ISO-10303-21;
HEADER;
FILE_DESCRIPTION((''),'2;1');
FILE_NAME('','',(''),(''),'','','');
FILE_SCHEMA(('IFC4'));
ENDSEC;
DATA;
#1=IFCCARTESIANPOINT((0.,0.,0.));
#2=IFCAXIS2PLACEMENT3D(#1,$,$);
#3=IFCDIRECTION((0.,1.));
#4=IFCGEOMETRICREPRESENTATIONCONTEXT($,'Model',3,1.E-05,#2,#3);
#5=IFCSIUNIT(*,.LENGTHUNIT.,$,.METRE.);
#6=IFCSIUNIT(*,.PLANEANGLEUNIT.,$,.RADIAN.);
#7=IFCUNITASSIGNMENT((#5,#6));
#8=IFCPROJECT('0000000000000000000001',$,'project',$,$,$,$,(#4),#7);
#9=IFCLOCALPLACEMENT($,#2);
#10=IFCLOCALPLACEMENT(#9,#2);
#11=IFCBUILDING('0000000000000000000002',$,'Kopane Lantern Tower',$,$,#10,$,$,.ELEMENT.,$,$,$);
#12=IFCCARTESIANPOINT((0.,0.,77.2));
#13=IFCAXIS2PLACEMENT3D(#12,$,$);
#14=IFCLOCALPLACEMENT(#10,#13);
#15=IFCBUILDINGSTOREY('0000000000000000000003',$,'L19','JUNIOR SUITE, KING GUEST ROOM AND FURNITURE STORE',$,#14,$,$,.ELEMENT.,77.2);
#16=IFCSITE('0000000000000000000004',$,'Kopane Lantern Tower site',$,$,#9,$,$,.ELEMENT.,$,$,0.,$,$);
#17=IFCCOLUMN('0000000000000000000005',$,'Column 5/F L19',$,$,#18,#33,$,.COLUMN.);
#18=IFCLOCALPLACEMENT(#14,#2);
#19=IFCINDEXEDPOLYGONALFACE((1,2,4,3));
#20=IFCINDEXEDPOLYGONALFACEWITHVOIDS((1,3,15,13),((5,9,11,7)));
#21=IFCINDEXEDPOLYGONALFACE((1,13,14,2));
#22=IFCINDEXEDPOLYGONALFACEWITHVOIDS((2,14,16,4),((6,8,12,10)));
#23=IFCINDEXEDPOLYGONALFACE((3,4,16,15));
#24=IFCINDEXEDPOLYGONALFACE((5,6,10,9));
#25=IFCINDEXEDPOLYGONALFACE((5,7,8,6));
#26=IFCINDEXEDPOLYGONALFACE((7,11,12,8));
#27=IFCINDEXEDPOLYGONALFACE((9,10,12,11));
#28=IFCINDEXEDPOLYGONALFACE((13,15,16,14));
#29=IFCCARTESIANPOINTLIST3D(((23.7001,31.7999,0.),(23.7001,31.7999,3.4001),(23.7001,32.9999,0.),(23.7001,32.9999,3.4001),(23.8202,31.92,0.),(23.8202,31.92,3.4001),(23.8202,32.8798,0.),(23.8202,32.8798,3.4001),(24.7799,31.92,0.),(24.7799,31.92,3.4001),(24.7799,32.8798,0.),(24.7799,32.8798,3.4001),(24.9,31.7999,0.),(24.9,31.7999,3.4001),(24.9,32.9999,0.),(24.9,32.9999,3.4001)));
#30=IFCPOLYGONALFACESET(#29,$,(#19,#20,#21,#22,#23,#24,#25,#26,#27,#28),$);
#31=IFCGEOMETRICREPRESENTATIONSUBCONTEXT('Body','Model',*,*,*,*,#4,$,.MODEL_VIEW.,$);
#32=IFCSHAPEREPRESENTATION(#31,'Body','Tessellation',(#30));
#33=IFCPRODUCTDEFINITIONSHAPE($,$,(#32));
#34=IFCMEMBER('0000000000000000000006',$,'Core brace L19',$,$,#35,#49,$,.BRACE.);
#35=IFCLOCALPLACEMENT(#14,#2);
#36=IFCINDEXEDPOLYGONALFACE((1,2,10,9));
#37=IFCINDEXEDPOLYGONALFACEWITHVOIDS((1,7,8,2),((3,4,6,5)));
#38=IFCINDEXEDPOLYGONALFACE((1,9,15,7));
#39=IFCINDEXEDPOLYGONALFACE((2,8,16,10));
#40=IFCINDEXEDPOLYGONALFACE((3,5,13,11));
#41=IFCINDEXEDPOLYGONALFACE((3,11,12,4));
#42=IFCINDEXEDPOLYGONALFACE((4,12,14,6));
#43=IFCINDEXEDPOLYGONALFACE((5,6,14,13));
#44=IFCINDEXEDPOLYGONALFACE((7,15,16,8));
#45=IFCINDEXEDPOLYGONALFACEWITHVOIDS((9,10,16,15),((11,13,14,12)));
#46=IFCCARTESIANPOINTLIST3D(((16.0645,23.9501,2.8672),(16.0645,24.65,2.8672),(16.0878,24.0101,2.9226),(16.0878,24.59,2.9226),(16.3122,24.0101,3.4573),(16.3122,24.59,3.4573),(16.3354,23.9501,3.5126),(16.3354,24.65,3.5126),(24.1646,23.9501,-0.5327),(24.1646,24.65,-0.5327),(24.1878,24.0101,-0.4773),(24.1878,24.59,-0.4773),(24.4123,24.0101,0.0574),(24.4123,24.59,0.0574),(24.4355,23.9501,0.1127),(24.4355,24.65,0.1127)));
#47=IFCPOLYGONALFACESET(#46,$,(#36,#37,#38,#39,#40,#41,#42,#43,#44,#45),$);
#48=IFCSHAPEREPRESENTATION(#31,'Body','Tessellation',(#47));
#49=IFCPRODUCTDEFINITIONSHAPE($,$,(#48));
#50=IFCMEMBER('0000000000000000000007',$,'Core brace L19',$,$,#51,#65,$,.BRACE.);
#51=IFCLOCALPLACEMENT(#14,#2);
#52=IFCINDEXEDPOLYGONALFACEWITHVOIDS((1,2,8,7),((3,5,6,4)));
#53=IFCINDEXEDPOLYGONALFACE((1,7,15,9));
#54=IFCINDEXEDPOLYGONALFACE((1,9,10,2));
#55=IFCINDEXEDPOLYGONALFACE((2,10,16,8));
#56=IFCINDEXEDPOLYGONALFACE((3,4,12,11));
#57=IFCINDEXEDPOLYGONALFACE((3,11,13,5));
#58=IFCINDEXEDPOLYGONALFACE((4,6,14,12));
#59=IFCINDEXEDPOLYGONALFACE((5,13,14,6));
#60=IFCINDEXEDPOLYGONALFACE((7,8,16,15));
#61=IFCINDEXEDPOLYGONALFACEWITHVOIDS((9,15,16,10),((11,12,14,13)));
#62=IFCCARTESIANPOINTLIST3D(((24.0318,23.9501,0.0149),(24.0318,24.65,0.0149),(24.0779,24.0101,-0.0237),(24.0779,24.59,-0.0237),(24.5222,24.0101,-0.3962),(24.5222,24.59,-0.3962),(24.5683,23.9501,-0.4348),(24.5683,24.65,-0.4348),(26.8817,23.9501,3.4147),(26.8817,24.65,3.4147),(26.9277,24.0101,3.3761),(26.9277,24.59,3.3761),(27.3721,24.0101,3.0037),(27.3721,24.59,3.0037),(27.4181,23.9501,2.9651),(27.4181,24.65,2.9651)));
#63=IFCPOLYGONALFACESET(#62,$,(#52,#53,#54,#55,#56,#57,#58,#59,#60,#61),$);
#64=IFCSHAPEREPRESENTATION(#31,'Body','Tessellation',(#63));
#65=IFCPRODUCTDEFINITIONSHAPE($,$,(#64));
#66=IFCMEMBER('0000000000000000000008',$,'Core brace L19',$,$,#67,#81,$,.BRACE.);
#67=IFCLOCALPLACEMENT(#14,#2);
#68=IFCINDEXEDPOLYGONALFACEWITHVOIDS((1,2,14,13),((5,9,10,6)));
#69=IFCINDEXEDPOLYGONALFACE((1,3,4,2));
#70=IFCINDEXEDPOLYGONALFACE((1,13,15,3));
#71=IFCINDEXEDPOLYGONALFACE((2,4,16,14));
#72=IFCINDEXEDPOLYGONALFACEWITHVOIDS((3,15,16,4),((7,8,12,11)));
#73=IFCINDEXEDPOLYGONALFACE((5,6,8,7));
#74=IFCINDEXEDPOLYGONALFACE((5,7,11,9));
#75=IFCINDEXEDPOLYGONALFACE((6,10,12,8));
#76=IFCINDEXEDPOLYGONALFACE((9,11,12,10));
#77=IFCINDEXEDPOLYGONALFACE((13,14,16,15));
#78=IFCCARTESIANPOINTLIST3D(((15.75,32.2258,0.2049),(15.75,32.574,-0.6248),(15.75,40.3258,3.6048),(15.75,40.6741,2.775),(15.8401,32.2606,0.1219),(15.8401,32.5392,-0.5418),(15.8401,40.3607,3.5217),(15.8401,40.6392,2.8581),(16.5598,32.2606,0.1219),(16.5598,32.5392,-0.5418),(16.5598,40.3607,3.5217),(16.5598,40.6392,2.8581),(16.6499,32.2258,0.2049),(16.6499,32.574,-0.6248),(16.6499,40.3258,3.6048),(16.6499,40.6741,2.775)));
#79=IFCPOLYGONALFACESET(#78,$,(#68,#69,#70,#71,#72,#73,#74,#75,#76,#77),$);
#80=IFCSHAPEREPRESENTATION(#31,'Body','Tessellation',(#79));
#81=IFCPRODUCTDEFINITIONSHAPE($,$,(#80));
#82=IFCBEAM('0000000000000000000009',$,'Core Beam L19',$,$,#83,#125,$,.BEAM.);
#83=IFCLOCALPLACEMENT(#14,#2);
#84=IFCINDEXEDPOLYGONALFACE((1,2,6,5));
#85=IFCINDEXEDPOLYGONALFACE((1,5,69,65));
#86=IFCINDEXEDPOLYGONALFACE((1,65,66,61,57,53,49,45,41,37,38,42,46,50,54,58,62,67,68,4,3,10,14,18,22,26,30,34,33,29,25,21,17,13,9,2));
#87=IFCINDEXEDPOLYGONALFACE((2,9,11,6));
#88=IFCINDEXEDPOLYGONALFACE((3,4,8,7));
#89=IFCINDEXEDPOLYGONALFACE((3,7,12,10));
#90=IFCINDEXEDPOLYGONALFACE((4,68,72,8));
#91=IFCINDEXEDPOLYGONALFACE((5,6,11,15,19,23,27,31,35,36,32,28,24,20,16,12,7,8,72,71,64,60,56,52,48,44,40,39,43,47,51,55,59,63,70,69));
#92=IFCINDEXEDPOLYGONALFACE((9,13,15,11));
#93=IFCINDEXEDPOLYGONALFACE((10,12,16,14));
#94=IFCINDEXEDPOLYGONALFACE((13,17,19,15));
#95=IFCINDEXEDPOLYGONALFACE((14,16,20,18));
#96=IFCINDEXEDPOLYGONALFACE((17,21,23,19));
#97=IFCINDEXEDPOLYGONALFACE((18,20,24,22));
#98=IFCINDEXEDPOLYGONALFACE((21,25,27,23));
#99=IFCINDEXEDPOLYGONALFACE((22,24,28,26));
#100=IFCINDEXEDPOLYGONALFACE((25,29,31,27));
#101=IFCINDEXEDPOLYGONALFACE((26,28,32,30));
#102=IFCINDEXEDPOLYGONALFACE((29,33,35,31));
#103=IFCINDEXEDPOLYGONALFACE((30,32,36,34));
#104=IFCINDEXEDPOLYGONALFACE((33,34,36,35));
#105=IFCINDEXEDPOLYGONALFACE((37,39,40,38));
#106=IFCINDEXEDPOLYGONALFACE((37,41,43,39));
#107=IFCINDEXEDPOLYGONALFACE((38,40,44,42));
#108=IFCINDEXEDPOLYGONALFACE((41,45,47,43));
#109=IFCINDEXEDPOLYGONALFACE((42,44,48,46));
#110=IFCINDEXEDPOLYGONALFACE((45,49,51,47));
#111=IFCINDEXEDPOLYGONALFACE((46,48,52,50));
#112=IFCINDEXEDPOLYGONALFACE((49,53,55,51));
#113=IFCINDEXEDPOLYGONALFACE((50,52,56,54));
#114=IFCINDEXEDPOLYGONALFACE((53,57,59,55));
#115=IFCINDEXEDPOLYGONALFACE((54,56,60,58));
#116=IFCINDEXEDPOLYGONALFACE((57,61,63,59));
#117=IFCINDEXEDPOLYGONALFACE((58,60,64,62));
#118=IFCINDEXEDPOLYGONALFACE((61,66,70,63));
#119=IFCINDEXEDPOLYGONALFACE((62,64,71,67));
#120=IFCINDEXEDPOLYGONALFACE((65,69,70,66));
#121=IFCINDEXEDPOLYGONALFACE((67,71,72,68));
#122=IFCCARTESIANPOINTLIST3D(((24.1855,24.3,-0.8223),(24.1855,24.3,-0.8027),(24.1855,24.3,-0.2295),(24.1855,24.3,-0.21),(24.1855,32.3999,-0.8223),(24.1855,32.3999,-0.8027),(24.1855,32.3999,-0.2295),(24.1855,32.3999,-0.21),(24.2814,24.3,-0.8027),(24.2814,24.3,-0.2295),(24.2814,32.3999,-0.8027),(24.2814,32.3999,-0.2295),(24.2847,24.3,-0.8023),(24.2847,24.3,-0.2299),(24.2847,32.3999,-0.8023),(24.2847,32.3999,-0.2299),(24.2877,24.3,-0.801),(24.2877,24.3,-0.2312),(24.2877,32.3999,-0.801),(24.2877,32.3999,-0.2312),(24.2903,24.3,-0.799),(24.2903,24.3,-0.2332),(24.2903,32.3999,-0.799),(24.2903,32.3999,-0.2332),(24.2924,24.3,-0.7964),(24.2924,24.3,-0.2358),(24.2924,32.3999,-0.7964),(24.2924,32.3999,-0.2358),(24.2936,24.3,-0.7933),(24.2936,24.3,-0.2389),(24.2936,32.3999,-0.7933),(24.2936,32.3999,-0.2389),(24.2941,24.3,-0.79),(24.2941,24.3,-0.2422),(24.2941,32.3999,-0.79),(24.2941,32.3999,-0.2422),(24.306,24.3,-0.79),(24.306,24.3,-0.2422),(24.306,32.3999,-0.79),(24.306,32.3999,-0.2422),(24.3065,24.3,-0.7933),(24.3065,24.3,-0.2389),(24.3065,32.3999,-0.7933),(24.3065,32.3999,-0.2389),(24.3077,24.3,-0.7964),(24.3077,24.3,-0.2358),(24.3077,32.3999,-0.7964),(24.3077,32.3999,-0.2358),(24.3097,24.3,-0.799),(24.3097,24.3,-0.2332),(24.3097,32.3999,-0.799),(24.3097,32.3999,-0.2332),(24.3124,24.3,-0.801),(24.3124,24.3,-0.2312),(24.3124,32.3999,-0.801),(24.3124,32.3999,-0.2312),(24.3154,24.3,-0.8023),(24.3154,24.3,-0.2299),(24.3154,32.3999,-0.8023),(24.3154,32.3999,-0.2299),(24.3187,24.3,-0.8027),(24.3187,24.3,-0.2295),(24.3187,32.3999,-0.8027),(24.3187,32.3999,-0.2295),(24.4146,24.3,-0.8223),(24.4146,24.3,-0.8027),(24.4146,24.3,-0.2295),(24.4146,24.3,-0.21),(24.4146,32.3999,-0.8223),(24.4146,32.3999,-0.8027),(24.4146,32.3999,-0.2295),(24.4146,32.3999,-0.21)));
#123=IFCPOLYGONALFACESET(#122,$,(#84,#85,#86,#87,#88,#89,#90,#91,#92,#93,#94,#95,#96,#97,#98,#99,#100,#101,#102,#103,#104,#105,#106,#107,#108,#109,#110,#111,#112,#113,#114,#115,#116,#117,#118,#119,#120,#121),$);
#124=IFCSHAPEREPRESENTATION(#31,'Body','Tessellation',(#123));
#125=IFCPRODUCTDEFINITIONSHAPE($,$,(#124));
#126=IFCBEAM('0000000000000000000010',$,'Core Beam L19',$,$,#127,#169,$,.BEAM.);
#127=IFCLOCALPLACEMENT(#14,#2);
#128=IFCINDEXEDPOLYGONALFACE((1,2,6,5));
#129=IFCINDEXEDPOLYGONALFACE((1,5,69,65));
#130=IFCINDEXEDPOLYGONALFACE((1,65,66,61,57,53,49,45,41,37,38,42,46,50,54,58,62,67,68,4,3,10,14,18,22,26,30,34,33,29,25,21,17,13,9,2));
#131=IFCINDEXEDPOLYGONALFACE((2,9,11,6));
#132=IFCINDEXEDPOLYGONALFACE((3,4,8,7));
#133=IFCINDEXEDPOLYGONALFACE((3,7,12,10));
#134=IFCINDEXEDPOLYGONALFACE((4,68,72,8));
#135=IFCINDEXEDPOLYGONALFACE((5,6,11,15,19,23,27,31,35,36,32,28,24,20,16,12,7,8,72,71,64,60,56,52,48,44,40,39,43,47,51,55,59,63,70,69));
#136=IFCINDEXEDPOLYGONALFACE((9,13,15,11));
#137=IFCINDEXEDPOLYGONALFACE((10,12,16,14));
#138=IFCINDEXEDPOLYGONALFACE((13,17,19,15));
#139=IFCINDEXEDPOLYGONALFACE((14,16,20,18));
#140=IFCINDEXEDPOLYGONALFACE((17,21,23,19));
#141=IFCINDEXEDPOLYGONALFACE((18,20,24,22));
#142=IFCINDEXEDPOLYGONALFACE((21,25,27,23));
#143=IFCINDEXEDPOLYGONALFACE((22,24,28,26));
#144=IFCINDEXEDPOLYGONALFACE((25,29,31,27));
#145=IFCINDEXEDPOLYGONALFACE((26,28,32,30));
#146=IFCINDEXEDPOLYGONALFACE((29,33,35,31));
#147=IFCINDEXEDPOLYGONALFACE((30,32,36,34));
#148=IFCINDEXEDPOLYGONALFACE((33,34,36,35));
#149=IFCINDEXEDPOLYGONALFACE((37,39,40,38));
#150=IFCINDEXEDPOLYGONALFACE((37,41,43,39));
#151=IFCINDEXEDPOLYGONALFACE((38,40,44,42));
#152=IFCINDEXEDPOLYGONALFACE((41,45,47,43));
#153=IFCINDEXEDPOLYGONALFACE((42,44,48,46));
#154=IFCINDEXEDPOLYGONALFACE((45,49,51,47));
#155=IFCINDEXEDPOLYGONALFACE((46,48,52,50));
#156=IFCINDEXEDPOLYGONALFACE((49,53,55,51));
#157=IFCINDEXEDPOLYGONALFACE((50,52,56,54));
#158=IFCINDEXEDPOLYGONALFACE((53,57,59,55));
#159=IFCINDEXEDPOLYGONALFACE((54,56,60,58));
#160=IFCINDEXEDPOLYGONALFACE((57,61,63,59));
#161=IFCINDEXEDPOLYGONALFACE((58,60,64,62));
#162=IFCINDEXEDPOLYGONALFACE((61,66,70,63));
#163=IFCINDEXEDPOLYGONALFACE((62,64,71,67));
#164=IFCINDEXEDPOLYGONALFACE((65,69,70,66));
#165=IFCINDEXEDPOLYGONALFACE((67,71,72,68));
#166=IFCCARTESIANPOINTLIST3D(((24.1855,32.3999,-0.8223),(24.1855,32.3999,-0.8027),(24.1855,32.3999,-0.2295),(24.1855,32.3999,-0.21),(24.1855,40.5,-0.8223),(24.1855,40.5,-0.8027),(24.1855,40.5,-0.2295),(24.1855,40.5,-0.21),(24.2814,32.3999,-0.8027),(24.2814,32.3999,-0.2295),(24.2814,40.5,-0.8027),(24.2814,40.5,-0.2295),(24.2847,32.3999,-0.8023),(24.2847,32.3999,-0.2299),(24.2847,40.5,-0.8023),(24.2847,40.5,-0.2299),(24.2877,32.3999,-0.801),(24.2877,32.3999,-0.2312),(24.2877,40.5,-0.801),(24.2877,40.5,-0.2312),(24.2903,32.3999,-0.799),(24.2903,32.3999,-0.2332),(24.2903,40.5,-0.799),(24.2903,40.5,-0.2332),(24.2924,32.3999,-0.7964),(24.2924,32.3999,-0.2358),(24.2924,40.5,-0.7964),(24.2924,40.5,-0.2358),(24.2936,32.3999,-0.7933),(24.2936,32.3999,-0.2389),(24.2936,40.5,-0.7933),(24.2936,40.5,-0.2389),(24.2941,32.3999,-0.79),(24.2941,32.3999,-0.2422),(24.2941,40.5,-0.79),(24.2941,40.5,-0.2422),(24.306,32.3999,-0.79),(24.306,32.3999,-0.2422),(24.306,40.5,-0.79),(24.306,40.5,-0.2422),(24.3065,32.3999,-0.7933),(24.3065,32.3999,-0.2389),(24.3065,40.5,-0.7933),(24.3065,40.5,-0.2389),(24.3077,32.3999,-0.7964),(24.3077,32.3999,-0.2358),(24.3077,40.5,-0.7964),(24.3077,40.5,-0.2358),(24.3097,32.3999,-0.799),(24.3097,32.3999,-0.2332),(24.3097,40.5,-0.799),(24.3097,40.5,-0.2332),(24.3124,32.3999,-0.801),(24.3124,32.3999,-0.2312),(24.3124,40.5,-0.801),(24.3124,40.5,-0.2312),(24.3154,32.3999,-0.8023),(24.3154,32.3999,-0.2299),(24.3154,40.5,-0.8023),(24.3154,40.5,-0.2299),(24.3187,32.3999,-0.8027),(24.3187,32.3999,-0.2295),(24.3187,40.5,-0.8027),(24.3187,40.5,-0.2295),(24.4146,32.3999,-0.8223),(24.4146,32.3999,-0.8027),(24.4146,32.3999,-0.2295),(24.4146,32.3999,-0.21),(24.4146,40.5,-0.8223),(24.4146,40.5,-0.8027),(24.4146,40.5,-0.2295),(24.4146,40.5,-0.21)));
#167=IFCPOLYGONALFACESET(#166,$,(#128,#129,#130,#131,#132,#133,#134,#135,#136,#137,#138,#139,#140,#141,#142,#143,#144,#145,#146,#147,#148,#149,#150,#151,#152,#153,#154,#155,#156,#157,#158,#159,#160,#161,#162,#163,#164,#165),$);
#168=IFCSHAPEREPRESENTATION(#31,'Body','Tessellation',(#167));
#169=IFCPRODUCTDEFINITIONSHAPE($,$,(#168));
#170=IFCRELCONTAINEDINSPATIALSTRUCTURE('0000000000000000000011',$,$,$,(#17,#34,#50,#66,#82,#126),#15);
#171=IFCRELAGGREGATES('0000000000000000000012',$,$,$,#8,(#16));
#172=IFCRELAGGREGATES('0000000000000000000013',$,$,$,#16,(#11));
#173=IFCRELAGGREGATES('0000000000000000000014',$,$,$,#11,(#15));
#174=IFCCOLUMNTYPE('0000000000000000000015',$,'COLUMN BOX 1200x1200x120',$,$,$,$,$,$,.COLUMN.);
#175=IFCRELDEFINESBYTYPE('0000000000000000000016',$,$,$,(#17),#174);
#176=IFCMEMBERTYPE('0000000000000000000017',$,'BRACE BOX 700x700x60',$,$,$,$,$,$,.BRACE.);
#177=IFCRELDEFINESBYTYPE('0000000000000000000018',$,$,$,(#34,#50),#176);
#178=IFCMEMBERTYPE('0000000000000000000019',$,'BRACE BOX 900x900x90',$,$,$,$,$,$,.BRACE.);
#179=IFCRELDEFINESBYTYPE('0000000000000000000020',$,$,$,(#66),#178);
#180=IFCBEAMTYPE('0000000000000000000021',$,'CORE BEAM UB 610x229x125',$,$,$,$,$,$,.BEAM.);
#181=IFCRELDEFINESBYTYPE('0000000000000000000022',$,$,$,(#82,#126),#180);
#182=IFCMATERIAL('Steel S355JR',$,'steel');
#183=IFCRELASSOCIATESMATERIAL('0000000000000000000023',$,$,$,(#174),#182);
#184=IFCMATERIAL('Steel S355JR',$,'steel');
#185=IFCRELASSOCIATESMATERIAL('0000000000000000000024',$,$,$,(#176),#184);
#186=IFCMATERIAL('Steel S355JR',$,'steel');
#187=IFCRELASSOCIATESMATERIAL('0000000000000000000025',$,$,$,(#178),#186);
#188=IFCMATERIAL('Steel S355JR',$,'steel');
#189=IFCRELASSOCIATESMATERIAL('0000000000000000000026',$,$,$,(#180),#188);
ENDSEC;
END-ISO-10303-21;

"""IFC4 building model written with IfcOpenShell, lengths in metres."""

from ifc_helpers import new_model, si_unit, direction, frame, origin, origin_2d, place, context, subcontext, project, spatial, hollow_rectangle, i_section, extrude, material, material_profile, profile_set, type_object, element, save


model = new_model("IFC4")

# Units and contexts
model_context = context("Model", 3, precision=1e-05, world=origin(), true_north=direction((0.0, 1.0)))
body_context = subcontext(model_context, "Body", "Model", "MODEL_VIEW")
ifc_project = project(units=[si_unit("LENGTHUNIT", "METRE"), si_unit("PLANEANGLEUNIT", "RADIAN")], contexts=[model_context])

# Site, building, storey
site_placement = place(None, origin())
site = spatial("IfcSite", under=ifc_project, at=site_placement, Name="Kopane Lantern Tower site", CompositionType="ELEMENT", RefElevation=0.0)
building_placement = place(site_placement, origin())
building = spatial("IfcBuilding", under=site, at=building_placement, Name="Kopane Lantern Tower", CompositionType="ELEMENT")
storey_placement = place(building_placement, frame((0.0, 0.0, 77.2)))
storey = spatial("IfcBuildingStorey", under=building, at=storey_placement, Name="L19", Description="JUNIOR SUITE, KING GUEST ROOM AND FURNITURE STORE", CompositionType="ELEMENT", Elevation=77.2)

# Column
ifc_material_1 = material(Name="Steel S355JR", Category="steel")
ifc_material_profile_1 = material_profile(ifc_material_1, hollow_rectangle(XDim=1.2, YDim=1.2, WallThickness=0.1201, at=origin_2d()), Name="BOX 1200x1200x120")
ifc_profile_set_1 = profile_set([ifc_material_profile_1], Name="Steel S355JR")
column_type = type_object("IfcColumnType", Name="COLUMN BOX 1200x1200x120", PredefinedType="COLUMN", material=ifc_profile_set_1)
column_placement = place(storey_placement, frame((24.3, 32.3999, 0.0), z_axis=(0.0, 0.0, 1.0), x_axis=(1.0, 0.0, 0.0)))
element("IfcColumn", 1, at=column_placement, inside=storey, type_object=column_type, Name="Column 5/F L19", PredefinedType="COLUMN", context=body_context, shape_type="SweptSolid", body=[
    extrude(hollow_rectangle(XDim=1.2, YDim=1.2, WallThickness=0.1201, at=origin_2d()), origin(), (0.0, 0.0, 1.0), 3.4001),
])

# Members
ifc_material_2 = material(Name="Steel S355JR", Category="steel")
ifc_material_profile_2 = material_profile(ifc_material_2, hollow_rectangle(XDim=0.7, YDim=0.7, WallThickness=0.0601, at=origin_2d()), Name="BOX 700x700x60")
ifc_profile_set_2 = profile_set([ifc_material_profile_2], Name="Steel S355JR")
member_type_1 = type_object("IfcMemberType", Name="BRACE BOX 700x700x60", PredefinedType="BRACE", material=ifc_profile_set_2)
member_1_placement = place(storey_placement, frame((24.3, 24.3, -0.21), z_axis=(-0.922069, 0.0, 0.387026), x_axis=(0.0, -1.0, 0.0)))
element("IfcMember", 2, at=member_1_placement, inside=storey, type_object=member_type_1, Name="Core brace L19", PredefinedType="BRACE", context=body_context, shape_type="SweptSolid", body=[
    extrude(hollow_rectangle(XDim=0.7, YDim=0.7, WallThickness=0.0601, at=origin_2d()), origin(), (0.0, 0.0, 1.0), 8.7847),
])
member_2_placement = place(storey_placement, frame((24.3, 24.3, -0.21), z_axis=(0.64239, 0.0, 0.766378), x_axis=(0.0, 1.0, 0.0)))
element("IfcMember", 3, at=member_2_placement, inside=storey, type_object=member_type_1, Name="Core brace L19", PredefinedType="BRACE", context=body_context, shape_type="SweptSolid", body=[
    extrude(hollow_rectangle(XDim=0.7, YDim=0.7, WallThickness=0.0601, at=origin_2d()), origin(), (0.0, 0.0, 1.0), 4.4363),
])
ifc_material_3 = material(Name="Steel S355JR", Category="steel")
ifc_material_profile_3 = material_profile(ifc_material_3, hollow_rectangle(XDim=0.8999, YDim=0.8999, WallThickness=0.0901, at=origin_2d()), Name="BOX 900x900x90")
ifc_profile_set_3 = profile_set([ifc_material_profile_3], Name="Steel S355JR")
member_type_2 = type_object("IfcMemberType", Name="BRACE BOX 900x900x90", PredefinedType="BRACE", material=ifc_profile_set_3)
member_3_placement = place(storey_placement, frame((16.2, 32.3999, -0.21), z_axis=(0.0, 0.922069, 0.387026), x_axis=(-1.0, 0.0, 0.0)))
element("IfcMember", 4, at=member_3_placement, inside=storey, type_object=member_type_2, Name="Core brace L19", PredefinedType="BRACE", context=body_context, shape_type="SweptSolid", body=[
    extrude(hollow_rectangle(XDim=0.8999, YDim=0.8999, WallThickness=0.0901, at=origin_2d()), origin(), (0.0, 0.0, 1.0), 8.7847),
])

# Beams
ifc_material_4 = material(Name="Steel S355JR", Category="steel")
ifc_material_profile_4 = material_profile(ifc_material_4, i_section(OverallWidth=0.229, OverallDepth=0.6123, WebThickness=0.012, FlangeThickness=0.0195, FilletRadius=0.0127, at=origin_2d()), Name="UB 610x229x125")
ifc_profile_set_4 = profile_set([ifc_material_profile_4], Name="Steel S355JR")
beam_type_1 = type_object("IfcBeamType", Name="CORE BEAM UB 610x229x125", PredefinedType="BEAM", material=ifc_profile_set_4)
beam_1_placement = place(storey_placement, frame((24.3, 24.3, -0.5161), z_axis=(0.0, 1.0, 0.0), x_axis=(-1.0, 0.0, 0.0)))
element("IfcBeam", 5, at=beam_1_placement, inside=storey, type_object=beam_type_1, Name="Core Beam L19", PredefinedType="BEAM", context=body_context, shape_type="SweptSolid", body=[
    extrude(i_section(OverallWidth=0.229, OverallDepth=0.6123, WebThickness=0.012, FlangeThickness=0.0195, FilletRadius=0.0127, at=origin_2d()), origin(), (0.0, 0.0, 1.0), 8.0999),
])
beam_2_placement = place(storey_placement, frame((24.3, 32.3999, -0.5161), z_axis=(0.0, 1.0, 0.0), x_axis=(-1.0, 0.0, 0.0)))
element("IfcBeam", 6, at=beam_2_placement, inside=storey, type_object=beam_type_1, Name="Core Beam L19", PredefinedType="BEAM", context=body_context, shape_type="SweptSolid", body=[
    extrude(i_section(OverallWidth=0.229, OverallDepth=0.6123, WebThickness=0.012, FlangeThickness=0.0195, FilletRadius=0.0127, at=origin_2d()), origin(), (0.0, 0.0, 1.0), 8.1001),
])

save(model, "model.ifc")
